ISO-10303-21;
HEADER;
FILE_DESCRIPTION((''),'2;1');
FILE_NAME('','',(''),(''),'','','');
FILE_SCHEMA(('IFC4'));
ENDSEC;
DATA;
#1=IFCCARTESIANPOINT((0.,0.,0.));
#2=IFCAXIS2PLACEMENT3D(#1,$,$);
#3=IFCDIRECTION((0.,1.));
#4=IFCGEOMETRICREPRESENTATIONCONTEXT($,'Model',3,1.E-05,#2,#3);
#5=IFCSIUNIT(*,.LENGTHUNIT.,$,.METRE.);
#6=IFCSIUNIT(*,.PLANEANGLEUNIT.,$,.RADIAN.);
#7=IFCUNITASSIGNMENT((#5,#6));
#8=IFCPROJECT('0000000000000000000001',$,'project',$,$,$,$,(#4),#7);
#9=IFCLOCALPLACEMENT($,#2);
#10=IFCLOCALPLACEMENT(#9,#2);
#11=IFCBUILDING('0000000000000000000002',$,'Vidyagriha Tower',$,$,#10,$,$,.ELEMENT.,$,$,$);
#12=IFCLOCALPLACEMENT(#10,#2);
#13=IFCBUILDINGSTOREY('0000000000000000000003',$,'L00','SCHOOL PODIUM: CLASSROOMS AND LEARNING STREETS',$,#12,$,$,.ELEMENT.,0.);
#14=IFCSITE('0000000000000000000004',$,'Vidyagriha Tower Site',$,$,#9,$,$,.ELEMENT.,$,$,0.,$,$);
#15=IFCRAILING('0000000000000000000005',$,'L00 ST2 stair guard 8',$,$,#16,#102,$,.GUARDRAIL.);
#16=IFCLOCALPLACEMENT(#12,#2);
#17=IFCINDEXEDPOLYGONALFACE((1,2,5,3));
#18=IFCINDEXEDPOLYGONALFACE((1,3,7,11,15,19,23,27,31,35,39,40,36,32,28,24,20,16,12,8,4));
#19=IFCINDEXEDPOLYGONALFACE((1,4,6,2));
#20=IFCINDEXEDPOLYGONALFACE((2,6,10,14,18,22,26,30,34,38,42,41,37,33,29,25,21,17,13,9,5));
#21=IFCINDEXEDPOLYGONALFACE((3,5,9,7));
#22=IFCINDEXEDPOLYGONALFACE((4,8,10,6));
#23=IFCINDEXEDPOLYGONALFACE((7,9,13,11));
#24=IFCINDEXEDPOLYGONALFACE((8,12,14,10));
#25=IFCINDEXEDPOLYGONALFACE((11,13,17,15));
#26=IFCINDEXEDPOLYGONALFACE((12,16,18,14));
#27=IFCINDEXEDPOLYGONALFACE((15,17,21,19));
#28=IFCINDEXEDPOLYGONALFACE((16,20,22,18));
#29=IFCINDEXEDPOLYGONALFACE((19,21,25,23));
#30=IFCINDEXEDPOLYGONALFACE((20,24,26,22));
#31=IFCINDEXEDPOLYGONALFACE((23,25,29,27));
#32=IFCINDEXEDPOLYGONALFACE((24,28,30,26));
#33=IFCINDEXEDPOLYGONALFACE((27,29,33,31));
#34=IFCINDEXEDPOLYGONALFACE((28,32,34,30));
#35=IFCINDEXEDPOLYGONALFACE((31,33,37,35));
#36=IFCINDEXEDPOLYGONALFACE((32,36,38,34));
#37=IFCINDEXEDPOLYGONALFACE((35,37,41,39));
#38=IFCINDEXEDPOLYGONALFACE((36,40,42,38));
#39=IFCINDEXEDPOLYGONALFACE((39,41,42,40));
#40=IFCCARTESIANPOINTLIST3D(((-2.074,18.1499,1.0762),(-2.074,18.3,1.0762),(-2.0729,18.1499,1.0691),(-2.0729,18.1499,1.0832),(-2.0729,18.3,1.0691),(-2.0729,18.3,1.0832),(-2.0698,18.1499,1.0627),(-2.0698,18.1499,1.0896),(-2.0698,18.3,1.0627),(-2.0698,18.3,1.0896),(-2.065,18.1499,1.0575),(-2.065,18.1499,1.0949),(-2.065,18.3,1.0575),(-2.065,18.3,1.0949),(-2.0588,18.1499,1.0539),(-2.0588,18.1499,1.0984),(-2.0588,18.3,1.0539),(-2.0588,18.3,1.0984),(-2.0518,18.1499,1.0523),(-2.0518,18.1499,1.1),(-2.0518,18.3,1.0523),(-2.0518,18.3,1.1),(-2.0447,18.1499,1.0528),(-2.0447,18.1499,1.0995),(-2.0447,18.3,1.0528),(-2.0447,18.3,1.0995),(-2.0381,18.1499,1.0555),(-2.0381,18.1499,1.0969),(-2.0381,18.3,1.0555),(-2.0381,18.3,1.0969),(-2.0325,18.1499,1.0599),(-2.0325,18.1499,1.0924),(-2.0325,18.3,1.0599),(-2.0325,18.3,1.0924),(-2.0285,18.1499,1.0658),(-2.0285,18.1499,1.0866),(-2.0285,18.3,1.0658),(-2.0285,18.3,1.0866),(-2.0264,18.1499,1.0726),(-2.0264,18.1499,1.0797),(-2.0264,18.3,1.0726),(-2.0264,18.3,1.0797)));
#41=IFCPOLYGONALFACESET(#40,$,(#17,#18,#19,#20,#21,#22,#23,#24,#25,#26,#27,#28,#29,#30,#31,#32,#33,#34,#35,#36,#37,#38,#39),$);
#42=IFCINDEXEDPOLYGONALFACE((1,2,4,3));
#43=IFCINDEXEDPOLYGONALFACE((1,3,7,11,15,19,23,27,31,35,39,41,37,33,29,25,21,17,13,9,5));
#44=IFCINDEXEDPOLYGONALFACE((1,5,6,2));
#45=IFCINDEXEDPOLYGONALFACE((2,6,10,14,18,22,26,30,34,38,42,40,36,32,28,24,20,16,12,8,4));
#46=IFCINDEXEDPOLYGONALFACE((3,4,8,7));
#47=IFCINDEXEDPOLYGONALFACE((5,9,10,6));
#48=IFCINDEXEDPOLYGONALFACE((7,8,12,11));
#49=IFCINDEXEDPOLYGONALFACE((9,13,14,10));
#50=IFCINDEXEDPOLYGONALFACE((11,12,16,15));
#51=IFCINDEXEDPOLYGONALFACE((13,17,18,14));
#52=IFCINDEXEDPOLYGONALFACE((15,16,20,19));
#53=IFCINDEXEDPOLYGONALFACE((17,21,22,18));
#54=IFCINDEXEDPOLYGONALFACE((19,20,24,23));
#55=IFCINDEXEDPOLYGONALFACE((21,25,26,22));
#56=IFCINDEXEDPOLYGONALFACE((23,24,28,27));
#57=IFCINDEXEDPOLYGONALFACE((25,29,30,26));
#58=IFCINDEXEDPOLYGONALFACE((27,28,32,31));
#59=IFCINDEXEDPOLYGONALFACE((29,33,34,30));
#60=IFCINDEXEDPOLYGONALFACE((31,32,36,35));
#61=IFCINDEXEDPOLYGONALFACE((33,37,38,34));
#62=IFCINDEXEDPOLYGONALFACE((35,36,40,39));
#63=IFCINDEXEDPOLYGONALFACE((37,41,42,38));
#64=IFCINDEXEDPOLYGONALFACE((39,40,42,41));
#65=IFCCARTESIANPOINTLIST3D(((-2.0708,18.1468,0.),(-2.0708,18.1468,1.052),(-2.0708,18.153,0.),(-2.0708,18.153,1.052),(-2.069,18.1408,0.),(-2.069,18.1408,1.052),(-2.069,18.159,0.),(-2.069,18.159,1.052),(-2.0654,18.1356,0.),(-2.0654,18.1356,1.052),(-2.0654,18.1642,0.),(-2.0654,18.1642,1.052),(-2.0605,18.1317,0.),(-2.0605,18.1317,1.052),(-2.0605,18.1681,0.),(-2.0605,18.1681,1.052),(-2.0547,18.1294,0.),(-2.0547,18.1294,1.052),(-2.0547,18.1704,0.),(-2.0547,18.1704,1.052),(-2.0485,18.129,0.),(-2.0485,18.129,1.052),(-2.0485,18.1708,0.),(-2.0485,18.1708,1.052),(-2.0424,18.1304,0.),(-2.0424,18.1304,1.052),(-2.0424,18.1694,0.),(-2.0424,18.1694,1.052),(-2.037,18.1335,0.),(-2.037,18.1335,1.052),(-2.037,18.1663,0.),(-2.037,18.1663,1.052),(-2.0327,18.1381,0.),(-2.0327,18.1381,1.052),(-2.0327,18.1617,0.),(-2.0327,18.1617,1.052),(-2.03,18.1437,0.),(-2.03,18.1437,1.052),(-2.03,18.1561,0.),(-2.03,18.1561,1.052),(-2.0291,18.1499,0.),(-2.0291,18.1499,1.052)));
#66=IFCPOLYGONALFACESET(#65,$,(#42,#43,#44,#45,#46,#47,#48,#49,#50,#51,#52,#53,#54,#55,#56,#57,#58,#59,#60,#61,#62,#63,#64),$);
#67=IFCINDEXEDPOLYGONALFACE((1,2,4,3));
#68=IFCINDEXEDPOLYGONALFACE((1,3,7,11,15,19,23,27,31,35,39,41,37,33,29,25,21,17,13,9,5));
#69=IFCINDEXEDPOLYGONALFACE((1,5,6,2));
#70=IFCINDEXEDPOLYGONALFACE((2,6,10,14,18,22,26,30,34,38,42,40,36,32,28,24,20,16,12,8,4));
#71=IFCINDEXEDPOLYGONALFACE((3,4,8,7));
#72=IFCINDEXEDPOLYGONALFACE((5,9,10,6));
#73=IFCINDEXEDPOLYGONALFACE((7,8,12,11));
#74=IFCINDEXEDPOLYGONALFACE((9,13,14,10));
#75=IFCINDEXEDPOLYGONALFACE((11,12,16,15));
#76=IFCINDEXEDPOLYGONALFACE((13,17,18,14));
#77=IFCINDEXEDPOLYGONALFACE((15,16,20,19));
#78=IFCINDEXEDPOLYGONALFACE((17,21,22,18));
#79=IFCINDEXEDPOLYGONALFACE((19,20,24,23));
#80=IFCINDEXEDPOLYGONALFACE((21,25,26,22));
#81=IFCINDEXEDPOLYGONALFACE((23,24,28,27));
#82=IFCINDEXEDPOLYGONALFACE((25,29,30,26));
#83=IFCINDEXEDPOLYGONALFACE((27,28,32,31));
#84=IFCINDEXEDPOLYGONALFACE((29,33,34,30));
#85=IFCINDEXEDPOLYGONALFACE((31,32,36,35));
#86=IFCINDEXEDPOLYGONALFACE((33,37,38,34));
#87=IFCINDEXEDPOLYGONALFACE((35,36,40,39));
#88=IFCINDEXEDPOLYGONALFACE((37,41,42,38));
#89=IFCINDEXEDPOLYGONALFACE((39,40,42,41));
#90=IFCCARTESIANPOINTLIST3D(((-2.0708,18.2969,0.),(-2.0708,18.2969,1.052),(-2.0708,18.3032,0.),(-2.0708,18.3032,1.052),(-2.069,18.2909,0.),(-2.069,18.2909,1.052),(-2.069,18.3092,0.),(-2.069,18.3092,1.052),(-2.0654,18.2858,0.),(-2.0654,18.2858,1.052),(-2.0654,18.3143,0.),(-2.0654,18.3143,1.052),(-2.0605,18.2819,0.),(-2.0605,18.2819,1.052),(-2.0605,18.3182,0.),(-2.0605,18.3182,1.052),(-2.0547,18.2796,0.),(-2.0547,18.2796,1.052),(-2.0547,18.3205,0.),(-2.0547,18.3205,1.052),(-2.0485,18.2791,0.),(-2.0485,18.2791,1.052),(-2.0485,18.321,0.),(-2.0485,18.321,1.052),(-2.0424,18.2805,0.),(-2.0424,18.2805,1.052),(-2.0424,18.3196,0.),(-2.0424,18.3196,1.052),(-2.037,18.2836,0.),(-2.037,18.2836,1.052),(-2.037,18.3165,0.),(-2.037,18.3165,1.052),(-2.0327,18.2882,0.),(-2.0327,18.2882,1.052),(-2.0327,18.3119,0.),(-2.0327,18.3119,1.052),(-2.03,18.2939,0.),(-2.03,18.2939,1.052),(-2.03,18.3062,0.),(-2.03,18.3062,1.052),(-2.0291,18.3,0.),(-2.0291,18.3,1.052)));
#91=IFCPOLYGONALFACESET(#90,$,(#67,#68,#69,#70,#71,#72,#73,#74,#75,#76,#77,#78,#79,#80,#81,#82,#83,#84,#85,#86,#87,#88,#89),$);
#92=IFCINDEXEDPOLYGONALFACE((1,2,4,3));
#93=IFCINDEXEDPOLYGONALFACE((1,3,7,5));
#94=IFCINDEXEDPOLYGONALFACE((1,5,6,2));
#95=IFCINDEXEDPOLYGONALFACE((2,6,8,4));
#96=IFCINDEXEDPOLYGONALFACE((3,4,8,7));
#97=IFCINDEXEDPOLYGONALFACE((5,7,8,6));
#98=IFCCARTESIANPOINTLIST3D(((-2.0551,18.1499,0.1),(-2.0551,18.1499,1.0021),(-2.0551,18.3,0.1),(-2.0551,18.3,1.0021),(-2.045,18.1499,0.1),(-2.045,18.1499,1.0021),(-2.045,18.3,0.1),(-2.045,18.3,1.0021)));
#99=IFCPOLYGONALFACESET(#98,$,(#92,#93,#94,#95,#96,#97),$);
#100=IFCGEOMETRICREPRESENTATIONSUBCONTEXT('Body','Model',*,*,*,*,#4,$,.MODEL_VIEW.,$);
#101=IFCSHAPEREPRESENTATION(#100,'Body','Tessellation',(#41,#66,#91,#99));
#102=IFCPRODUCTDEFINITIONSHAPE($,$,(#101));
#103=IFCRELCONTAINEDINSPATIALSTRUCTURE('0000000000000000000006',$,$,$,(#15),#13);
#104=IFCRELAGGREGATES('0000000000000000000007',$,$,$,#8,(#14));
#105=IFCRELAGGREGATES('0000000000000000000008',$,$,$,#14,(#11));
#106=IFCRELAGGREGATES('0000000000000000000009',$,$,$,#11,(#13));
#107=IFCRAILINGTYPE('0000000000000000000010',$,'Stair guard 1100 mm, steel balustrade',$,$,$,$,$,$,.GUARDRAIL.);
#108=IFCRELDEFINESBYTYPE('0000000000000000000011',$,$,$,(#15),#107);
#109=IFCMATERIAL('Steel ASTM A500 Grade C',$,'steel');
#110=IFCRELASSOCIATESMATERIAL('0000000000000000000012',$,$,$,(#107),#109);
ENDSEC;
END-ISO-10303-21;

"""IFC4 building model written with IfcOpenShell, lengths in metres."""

from ifc_helpers import new_model, si_unit, direction, frame, origin, origin_2d, place, context, subcontext, project, spatial, rectangle, circle, extrude, material, type_object, element, save


model = new_model("IFC4")

# Units and contexts
model_context = context("Model", 3, precision=1e-05, world=origin(), true_north=direction((0.0, 1.0)))
body_context = subcontext(model_context, "Body", "Model", "MODEL_VIEW")
ifc_project = project(units=[si_unit("LENGTHUNIT", "METRE"), si_unit("PLANEANGLEUNIT", "RADIAN")], contexts=[model_context])

# Site, building, storey
site_placement = place(None, origin())
site = spatial("IfcSite", under=ifc_project, at=site_placement, Name="Vidyagriha Tower Site", CompositionType="ELEMENT", RefElevation=0.0)
building_placement = place(site_placement, origin())
building = spatial("IfcBuilding", under=site, at=building_placement, Name="Vidyagriha Tower", CompositionType="ELEMENT")
storey_placement = place(building_placement, origin())
storey = spatial("IfcBuildingStorey", under=building, at=storey_placement, Name="L00", Description="SCHOOL PODIUM: CLASSROOMS AND LEARNING STREETS", CompositionType="ELEMENT", Elevation=0.0)

# Railing
ifc_material_1 = material(Name="Steel ASTM A500 Grade C", Category="steel")
railing_type_1 = type_object("IfcRailingType", Name="Stair guard 1100 mm, steel balustrade", PredefinedType="GUARDRAIL", material=ifc_material_1)
railing_1_placement = place(storey_placement, frame((-2.05, 18.1499, 0.0)))
element("IfcRailing", 1, at=railing_1_placement, inside=storey, type_object=railing_type_1, Name="L00 ST2 stair guard 8", PredefinedType="GUARDRAIL", context=body_context, shape_type="SweptSolid", body=[
    extrude(circle(Radius=0.0239, at=origin_2d()), frame((0.0, 0.0, 1.0762), z_axis=(0.0, 1.0, 0.0), x_axis=(-1.0, 0.0, 0.0)), (0.0, 0.0, 1.0), 0.1501),
    extrude(circle(Radius=0.021, at=origin_2d()), origin(), (0.0, 0.0, 1.0), 1.052),
    extrude(circle(Radius=0.021, at=origin_2d()), frame((0.0, 0.1501, 0.0)), (0.0, 0.0, 1.0), 1.052),
    extrude(rectangle(XDim=0.01, YDim=0.9021, at=origin_2d()), frame((0.0, 0.0, 0.551), z_axis=(0.0, 1.0, 0.0), x_axis=(-1.0, 0.0, 0.0)), (0.0, 0.0, 1.0), 0.1501),
])

save(model, "model.ifc")
